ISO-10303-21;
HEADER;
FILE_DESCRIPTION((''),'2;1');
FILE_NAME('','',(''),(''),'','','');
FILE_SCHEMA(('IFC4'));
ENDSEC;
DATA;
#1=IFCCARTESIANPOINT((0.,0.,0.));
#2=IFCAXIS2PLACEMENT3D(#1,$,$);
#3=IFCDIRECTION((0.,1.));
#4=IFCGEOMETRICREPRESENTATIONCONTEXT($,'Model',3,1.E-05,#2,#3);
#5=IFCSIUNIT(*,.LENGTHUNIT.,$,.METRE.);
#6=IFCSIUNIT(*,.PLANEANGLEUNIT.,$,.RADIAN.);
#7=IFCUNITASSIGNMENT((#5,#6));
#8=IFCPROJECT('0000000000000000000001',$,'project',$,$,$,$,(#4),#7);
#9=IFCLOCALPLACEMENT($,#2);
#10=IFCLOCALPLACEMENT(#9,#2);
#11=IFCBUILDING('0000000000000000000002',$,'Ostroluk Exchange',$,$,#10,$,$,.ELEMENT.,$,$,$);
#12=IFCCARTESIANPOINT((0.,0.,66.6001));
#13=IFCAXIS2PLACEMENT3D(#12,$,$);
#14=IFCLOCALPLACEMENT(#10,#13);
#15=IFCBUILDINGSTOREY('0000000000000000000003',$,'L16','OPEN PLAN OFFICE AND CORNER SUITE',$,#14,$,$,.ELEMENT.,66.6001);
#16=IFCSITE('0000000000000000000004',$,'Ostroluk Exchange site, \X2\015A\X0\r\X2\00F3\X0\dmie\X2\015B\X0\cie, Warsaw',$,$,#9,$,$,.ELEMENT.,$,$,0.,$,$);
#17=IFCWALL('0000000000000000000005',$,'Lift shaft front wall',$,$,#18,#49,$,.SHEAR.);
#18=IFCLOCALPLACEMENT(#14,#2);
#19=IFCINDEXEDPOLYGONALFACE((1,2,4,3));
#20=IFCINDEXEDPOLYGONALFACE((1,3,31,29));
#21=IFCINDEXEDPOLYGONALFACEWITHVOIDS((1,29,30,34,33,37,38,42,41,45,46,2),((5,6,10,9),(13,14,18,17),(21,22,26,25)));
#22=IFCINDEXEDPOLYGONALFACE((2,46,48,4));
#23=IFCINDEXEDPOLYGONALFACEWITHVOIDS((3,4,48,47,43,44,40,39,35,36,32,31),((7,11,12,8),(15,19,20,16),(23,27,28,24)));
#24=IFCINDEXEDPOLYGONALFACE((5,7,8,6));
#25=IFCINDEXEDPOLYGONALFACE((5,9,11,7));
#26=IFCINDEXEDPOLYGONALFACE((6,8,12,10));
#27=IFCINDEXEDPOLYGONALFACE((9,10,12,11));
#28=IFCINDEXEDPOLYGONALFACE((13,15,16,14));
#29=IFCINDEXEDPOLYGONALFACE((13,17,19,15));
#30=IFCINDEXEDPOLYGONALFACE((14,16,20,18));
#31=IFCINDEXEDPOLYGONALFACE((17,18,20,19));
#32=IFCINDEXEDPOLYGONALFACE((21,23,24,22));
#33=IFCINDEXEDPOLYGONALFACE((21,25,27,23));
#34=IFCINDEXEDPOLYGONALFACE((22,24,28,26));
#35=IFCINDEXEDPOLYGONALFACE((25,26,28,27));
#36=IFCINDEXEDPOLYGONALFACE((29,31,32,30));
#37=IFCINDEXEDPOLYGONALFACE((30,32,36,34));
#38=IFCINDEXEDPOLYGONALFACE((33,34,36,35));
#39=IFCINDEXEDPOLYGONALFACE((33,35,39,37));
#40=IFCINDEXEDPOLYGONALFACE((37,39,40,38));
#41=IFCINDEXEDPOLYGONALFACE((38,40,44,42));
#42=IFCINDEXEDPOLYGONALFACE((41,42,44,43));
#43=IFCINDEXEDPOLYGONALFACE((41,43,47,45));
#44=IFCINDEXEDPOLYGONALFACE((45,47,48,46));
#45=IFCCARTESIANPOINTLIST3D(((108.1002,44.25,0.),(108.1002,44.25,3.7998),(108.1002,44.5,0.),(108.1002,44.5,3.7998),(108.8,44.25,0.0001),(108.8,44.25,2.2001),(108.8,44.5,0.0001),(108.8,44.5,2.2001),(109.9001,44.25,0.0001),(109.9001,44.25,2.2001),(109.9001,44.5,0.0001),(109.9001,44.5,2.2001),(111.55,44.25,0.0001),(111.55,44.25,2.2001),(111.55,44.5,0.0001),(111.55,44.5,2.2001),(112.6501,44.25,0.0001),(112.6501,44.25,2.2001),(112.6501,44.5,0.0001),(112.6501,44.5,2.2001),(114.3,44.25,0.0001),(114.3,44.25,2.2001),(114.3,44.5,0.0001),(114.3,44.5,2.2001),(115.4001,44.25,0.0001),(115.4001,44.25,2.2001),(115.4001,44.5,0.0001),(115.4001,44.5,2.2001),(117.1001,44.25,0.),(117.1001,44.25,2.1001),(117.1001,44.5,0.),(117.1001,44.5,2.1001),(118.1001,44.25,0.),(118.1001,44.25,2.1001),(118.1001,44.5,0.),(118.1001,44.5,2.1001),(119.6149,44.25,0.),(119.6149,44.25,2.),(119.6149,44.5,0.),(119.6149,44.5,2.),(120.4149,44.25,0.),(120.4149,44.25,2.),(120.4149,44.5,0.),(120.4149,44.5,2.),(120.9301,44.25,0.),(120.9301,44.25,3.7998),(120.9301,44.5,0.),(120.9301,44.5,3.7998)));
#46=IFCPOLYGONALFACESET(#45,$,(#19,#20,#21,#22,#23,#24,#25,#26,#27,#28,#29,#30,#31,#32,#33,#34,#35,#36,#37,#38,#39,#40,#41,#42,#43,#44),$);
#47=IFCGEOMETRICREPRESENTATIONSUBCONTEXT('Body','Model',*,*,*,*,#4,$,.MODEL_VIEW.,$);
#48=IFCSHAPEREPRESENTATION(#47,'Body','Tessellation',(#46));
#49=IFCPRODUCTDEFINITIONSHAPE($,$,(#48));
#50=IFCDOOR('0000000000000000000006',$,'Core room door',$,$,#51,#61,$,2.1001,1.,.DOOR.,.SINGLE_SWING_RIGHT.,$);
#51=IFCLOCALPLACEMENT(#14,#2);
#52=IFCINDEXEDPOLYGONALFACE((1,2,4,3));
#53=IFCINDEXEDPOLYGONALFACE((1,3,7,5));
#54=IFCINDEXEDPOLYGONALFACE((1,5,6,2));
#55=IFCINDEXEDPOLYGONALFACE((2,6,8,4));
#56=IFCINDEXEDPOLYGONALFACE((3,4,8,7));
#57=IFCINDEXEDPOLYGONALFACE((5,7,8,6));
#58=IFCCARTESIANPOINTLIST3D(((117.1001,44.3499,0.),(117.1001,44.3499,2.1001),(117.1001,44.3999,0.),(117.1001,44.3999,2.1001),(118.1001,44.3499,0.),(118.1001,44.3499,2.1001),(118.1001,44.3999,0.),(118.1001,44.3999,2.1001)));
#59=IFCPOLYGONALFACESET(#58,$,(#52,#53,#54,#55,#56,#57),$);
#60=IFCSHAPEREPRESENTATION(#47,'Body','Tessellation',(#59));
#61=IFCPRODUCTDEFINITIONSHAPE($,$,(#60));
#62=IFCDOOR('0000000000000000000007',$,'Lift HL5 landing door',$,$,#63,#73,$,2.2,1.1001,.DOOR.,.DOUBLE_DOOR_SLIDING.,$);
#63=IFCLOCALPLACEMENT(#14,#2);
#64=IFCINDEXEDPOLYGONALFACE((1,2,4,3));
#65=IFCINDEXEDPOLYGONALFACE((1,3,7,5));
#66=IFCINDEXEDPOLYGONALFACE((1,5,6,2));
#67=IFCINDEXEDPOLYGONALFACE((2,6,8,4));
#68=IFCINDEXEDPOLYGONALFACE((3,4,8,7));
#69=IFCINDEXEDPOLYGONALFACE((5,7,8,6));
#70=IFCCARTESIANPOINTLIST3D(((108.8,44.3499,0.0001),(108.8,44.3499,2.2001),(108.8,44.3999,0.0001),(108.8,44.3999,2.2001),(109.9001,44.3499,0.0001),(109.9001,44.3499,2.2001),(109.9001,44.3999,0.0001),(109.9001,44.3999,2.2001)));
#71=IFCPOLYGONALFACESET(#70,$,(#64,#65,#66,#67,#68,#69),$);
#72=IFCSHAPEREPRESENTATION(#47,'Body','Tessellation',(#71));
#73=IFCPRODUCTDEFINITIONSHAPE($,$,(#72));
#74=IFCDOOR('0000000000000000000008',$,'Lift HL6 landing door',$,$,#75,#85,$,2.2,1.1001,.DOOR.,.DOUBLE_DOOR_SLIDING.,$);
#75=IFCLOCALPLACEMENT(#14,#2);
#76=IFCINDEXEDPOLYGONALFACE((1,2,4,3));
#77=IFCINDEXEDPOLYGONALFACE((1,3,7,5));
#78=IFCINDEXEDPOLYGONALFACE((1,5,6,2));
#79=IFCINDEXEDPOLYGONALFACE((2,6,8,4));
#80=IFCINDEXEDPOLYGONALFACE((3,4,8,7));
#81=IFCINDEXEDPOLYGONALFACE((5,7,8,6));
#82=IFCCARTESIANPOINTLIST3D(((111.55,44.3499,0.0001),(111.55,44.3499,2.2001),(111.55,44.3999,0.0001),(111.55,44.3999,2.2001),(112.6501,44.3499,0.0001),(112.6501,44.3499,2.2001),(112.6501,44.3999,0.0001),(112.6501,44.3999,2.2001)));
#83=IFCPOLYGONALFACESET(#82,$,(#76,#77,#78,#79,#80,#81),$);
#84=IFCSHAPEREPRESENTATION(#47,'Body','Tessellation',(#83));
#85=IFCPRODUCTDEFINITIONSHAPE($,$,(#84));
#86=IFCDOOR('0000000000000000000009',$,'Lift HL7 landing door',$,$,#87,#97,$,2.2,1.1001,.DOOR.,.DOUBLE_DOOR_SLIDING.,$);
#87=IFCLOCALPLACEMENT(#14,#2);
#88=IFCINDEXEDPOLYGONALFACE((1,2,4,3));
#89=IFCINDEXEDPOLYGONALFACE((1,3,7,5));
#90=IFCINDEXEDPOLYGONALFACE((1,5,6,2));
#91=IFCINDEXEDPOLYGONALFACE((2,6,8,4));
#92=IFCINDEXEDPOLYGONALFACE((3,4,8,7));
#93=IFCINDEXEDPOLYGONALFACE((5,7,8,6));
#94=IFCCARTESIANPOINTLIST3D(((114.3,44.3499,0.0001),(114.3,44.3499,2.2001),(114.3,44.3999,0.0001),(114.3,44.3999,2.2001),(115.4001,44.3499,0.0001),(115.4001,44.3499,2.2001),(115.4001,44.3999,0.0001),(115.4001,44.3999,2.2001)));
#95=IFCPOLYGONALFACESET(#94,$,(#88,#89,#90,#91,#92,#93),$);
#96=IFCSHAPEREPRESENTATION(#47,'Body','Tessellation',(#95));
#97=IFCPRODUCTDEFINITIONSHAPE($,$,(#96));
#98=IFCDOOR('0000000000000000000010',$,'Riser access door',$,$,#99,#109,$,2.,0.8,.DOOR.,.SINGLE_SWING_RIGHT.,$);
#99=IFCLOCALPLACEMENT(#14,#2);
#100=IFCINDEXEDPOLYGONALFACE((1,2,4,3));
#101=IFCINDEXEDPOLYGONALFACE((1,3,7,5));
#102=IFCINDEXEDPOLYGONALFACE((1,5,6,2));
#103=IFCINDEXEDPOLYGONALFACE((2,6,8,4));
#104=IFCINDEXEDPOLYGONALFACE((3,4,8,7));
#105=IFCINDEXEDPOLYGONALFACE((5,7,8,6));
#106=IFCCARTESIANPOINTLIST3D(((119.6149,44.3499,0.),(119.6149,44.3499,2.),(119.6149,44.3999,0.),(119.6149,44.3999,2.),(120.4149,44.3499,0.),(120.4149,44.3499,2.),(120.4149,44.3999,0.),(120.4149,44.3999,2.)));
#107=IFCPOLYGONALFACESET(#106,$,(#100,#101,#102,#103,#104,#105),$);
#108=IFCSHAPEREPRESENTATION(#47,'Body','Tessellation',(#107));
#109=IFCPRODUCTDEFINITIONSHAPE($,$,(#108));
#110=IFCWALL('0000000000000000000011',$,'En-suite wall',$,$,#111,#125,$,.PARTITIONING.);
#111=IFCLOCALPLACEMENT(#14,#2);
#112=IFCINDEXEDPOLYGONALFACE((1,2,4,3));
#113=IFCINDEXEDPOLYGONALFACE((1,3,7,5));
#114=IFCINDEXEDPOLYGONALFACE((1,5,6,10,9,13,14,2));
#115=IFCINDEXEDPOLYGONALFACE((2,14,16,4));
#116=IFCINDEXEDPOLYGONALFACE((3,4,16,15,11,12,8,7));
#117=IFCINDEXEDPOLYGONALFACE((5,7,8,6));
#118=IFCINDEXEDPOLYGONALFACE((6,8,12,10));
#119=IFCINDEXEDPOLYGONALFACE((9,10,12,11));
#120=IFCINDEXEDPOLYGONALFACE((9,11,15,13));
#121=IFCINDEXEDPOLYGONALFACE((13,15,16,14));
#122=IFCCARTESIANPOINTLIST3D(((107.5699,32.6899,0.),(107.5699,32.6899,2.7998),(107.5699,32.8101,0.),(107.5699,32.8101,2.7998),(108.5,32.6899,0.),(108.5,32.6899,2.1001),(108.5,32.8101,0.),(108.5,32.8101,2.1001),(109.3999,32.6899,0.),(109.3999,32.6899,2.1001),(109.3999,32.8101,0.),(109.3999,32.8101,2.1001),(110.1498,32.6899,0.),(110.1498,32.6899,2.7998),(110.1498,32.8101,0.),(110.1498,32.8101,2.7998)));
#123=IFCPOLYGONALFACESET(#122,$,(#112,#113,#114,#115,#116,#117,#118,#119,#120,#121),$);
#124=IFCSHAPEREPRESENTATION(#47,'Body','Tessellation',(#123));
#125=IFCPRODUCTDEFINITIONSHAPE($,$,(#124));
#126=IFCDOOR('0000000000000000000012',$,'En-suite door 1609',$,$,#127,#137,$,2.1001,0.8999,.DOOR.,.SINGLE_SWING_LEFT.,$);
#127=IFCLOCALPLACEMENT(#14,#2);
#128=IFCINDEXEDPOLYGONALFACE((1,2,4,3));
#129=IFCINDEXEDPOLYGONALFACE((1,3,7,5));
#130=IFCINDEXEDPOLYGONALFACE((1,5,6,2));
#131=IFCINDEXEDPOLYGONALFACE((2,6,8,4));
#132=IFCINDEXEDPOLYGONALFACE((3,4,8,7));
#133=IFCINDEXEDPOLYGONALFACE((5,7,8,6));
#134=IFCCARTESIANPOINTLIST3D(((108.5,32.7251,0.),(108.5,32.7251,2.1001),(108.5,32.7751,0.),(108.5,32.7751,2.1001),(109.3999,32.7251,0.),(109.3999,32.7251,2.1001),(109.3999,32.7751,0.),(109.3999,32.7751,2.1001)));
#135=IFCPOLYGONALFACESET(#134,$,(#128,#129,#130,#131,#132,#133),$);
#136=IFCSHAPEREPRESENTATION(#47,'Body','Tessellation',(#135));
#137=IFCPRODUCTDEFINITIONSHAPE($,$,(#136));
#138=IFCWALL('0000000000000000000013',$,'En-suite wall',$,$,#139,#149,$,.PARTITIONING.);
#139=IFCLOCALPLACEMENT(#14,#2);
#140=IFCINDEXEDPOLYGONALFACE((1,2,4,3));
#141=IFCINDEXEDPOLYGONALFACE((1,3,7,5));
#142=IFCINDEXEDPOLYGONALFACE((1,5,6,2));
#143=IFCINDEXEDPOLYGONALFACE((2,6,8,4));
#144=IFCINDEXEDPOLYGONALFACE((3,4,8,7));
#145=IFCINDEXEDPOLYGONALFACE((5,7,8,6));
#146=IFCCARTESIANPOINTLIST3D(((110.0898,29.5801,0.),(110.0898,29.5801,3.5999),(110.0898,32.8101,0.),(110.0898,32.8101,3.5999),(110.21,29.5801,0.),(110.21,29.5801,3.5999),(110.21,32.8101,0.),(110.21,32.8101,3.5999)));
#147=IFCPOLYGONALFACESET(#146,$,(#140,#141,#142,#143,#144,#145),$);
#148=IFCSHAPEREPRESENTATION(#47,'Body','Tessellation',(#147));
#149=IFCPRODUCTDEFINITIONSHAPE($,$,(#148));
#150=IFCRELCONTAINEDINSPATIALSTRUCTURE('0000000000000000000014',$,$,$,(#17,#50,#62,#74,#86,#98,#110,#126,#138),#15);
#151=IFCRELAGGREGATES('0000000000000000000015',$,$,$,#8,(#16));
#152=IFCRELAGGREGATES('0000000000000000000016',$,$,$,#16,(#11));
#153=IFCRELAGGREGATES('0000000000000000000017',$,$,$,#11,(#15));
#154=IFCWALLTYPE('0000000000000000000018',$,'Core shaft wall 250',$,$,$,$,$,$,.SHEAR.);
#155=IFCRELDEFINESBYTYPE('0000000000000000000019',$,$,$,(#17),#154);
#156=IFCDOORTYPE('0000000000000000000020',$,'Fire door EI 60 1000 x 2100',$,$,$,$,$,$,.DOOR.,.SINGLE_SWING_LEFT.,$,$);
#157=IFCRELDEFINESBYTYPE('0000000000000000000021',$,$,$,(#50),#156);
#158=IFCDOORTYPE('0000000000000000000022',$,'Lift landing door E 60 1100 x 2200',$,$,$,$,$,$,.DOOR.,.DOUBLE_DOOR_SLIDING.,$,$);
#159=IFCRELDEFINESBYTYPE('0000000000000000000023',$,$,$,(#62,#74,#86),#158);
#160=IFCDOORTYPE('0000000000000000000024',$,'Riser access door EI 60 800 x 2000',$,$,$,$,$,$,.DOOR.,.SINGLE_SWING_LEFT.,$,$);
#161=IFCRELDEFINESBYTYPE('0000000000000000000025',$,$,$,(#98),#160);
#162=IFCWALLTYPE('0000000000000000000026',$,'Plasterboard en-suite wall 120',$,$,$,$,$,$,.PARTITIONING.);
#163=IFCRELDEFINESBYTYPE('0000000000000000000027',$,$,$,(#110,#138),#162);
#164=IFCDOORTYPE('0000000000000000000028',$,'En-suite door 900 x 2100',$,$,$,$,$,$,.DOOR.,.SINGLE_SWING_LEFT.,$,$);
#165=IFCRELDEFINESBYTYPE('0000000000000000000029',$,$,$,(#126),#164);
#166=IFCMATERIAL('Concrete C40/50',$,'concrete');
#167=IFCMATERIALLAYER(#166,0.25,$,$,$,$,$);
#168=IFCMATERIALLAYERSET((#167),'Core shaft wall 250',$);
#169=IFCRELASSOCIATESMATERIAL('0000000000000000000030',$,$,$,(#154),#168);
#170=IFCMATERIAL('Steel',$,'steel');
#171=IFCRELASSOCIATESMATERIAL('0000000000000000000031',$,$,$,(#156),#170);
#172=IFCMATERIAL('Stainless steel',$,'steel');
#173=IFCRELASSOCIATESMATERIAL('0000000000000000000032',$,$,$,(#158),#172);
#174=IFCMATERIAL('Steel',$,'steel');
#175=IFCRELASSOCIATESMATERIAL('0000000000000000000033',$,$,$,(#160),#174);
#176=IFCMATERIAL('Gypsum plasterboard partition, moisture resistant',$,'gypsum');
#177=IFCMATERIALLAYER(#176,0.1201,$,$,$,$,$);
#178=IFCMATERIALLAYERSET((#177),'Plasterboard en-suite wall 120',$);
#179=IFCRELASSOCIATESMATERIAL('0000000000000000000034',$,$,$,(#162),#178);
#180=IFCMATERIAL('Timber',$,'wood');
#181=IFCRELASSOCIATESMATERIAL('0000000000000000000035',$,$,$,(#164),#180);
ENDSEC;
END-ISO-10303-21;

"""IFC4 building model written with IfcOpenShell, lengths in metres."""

from ifc_helpers import new_model, si_unit, direction, frame, frame_2d, origin, place, context, subcontext, project, spatial, rectangle, extrude, material, layer, layer_set, type_object, element, fill, save


model = new_model("IFC4")

# Units and contexts
model_context = context("Model", 3, precision=1e-05, world=origin(), true_north=direction((0.0, 1.0)))
body_context = subcontext(model_context, "Body", "Model", "MODEL_VIEW")
ifc_project = project(units=[si_unit("LENGTHUNIT", "METRE"), si_unit("PLANEANGLEUNIT", "RADIAN")], contexts=[model_context])

# Site, building, storey
site_placement = place(None, origin())
site = spatial("IfcSite", under=ifc_project, at=site_placement, Name="Ostroluk Exchange site, Śródmieście, Warsaw", CompositionType="ELEMENT", RefElevation=0.0)
building_placement = place(site_placement, origin())
building = spatial("IfcBuilding", under=site, at=building_placement, Name="Ostroluk Exchange", CompositionType="ELEMENT")
storey_placement = place(building_placement, frame((0.0, 0.0, 66.6001)))
storey = spatial("IfcBuildingStorey", under=building, at=storey_placement, Name="L16", Description="OPEN PLAN OFFICE AND CORNER SUITE", CompositionType="ELEMENT", Elevation=66.6001)

# Shared definitions
ifc_material_1 = material(Name="Concrete C40/50", Category="concrete")
ifc_layer_1 = layer(ifc_material_1, 0.25)
ifc_layer_set_1 = layer_set([ifc_layer_1], Name="Core shaft wall 250")
wall_type_1 = type_object("IfcWallType", Name="Core shaft wall 250", PredefinedType="SHEAR", material=ifc_layer_set_1)

# Wall, openings, doors
wall_1_placement = place(storey_placement, frame((108.1001, 44.375, 0.0), z_axis=(0.0, 0.0, 1.0), x_axis=(1.0, 0.0, 0.0)))
wall_1 = element("IfcWall", 1, at=wall_1_placement, inside=storey, type_object=wall_type_1, Name="Lift shaft front wall", PredefinedType="SHEAR", context=body_context, shape_type="SweptSolid", body=[
    extrude(rectangle(XDim=12.8298, YDim=0.25, at=frame_2d((6.415, 0.0))), origin(), (0.0, 0.0, 1.0), 3.7998),
])
opening_1_placement = place(wall_1_placement, frame((0.7, 0.0, 0.0)))
opening_1 = element("IfcOpeningElement", 2, at=opening_1_placement, cuts=wall_1, PredefinedType="OPENING", context=body_context, shape_type="SweptSolid", body=[
    extrude(rectangle(XDim=1.1001, YDim=2.2, at=frame_2d((0.55, 1.1001))), frame((0.0, 0.135, 0.0), z_axis=(0.0, -1.0, 0.0), x_axis=(1.0, 0.0, 0.0)), (0.0, 0.0, 1.0), 0.27),
])
opening_2_placement = place(wall_1_placement, frame((3.45, 0.0, 0.0)))
opening_2 = element("IfcOpeningElement", 3, at=opening_2_placement, cuts=wall_1, PredefinedType="OPENING", context=body_context, shape_type="SweptSolid", body=[
    extrude(rectangle(XDim=1.1001, YDim=2.2, at=frame_2d((0.55, 1.1001))), frame((0.0, 0.135, 0.0), z_axis=(0.0, -1.0, 0.0), x_axis=(1.0, 0.0, 0.0)), (0.0, 0.0, 1.0), 0.27),
])
opening_3_placement = place(wall_1_placement, frame((6.2, 0.0, 0.0)))
opening_3 = element("IfcOpeningElement", 4, at=opening_3_placement, cuts=wall_1, PredefinedType="OPENING", context=body_context, shape_type="SweptSolid", body=[
    extrude(rectangle(XDim=1.1001, YDim=2.2, at=frame_2d((0.55, 1.1001))), frame((0.0, 0.135, 0.0), z_axis=(0.0, -1.0, 0.0), x_axis=(1.0, 0.0, 0.0)), (0.0, 0.0, 1.0), 0.27),
])
opening_4_placement = place(wall_1_placement, frame((9.0, 0.0, 0.0)))
opening_4 = element("IfcOpeningElement", 5, at=opening_4_placement, cuts=wall_1, PredefinedType="OPENING", context=body_context, shape_type="SweptSolid", body=[
    extrude(rectangle(XDim=1.0, YDim=2.1001, at=frame_2d((0.5, 1.05))), frame((0.0, 0.135, 0.0), z_axis=(0.0, -1.0, 0.0), x_axis=(1.0, 0.0, 0.0)), (0.0, 0.0, 1.0), 0.27),
])
opening_5_placement = place(wall_1_placement, frame((11.5149, 0.0, 0.0)))
opening_5 = element("IfcOpeningElement", 6, at=opening_5_placement, cuts=wall_1, PredefinedType="OPENING", context=body_context, shape_type="SweptSolid", body=[
    extrude(rectangle(XDim=0.8, YDim=2.0, at=frame_2d((0.3999, 1.0))), frame((0.0, 0.135, 0.0), z_axis=(0.0, -1.0, 0.0), x_axis=(1.0, 0.0, 0.0)), (0.0, 0.0, 1.0), 0.27),
])
ifc_material_2 = material(Name="Steel", Category="steel")
door_type_1 = type_object("IfcDoorType", Name="Fire door EI 60 1000 x 2100", OperationType="SINGLE_SWING_LEFT", PredefinedType="DOOR", material=ifc_material_2)
door_1_placement = place(opening_4_placement, origin())
door_1 = element("IfcDoor", 7, at=door_1_placement, inside=storey, type_object=door_type_1, Name="Core room door", OperationType="SINGLE_SWING_RIGHT", OverallHeight=2.1001, OverallWidth=1.0, PredefinedType="DOOR", context=body_context, shape_type="SweptSolid", body=[
    extrude(rectangle(XDim=1.0, YDim=2.1001, at=frame_2d((0.5, 1.05))), frame((0.0, 0.0249, 0.0), z_axis=(0.0, -1.0, 0.0), x_axis=(1.0, 0.0, 0.0)), (0.0, 0.0, 1.0), 0.05),
])
fill(opening_4, door_1)
ifc_material_3 = material(Name="Stainless steel", Category="steel")
door_type_2 = type_object("IfcDoorType", Name="Lift landing door E 60 1100 x 2200", OperationType="DOUBLE_DOOR_SLIDING", PredefinedType="DOOR", material=ifc_material_3)
door_2_placement = place(opening_1_placement, origin())
door_2 = element("IfcDoor", 8, at=door_2_placement, inside=storey, type_object=door_type_2, Name="Lift HL5 landing door", OperationType="DOUBLE_DOOR_SLIDING", OverallHeight=2.2, OverallWidth=1.1001, PredefinedType="DOOR", context=body_context, shape_type="SweptSolid", body=[
    extrude(rectangle(XDim=1.1001, YDim=2.2, at=frame_2d((0.55, 1.1001))), frame((0.0, 0.0249, 0.0), z_axis=(0.0, -1.0, 0.0), x_axis=(1.0, 0.0, 0.0)), (0.0, 0.0, 1.0), 0.05),
])
fill(opening_1, door_2)
door_3_placement = place(opening_2_placement, origin())
door_3 = element("IfcDoor", 9, at=door_3_placement, inside=storey, type_object=door_type_2, Name="Lift HL6 landing door", OperationType="DOUBLE_DOOR_SLIDING", OverallHeight=2.2, OverallWidth=1.1001, PredefinedType="DOOR", context=body_context, shape_type="SweptSolid", body=[
    extrude(rectangle(XDim=1.1001, YDim=2.2, at=frame_2d((0.55, 1.1001))), frame((0.0, 0.0249, 0.0), z_axis=(0.0, -1.0, 0.0), x_axis=(1.0, 0.0, 0.0)), (0.0, 0.0, 1.0), 0.05),
])
fill(opening_2, door_3)
door_4_placement = place(opening_3_placement, origin())
door_4 = element("IfcDoor", 10, at=door_4_placement, inside=storey, type_object=door_type_2, Name="Lift HL7 landing door", OperationType="DOUBLE_DOOR_SLIDING", OverallHeight=2.2, OverallWidth=1.1001, PredefinedType="DOOR", context=body_context, shape_type="SweptSolid", body=[
    extrude(rectangle(XDim=1.1001, YDim=2.2, at=frame_2d((0.55, 1.1001))), frame((0.0, 0.0249, 0.0), z_axis=(0.0, -1.0, 0.0), x_axis=(1.0, 0.0, 0.0)), (0.0, 0.0, 1.0), 0.05),
])
fill(opening_3, door_4)
ifc_material_4 = material(Name="Steel", Category="steel")
door_type_3 = type_object("IfcDoorType", Name="Riser access door EI 60 800 x 2000", OperationType="SINGLE_SWING_LEFT", PredefinedType="DOOR", material=ifc_material_4)
door_5_placement = place(opening_5_placement, origin())
door_5 = element("IfcDoor", 11, at=door_5_placement, inside=storey, type_object=door_type_3, Name="Riser access door", OperationType="SINGLE_SWING_RIGHT", OverallHeight=2.0, OverallWidth=0.8, PredefinedType="DOOR", context=body_context, shape_type="SweptSolid", body=[
    extrude(rectangle(XDim=0.8, YDim=2.0, at=frame_2d((0.3999, 1.0))), frame((0.0, 0.0249, 0.0), z_axis=(0.0, -1.0, 0.0), x_axis=(1.0, 0.0, 0.0)), (0.0, 0.0, 1.0), 0.05),
])
fill(opening_5, door_5)

# Wall, opening, door
ifc_material_5 = material(Name="Gypsum plasterboard partition, moisture resistant", Category="gypsum")
ifc_layer_2 = layer(ifc_material_5, 0.1201)
ifc_layer_set_2 = layer_set([ifc_layer_2], Name="Plasterboard en-suite wall 120")
wall_type_2 = type_object("IfcWallType", Name="Plasterboard en-suite wall 120", PredefinedType="PARTITIONING", material=ifc_layer_set_2)
wall_2_placement = place(storey_placement, frame((110.1499, 32.75, 0.0), z_axis=(0.0, 0.0, 1.0), x_axis=(-1.0, 0.0, 0.0)))
wall_2 = element("IfcWall", 12, at=wall_2_placement, inside=storey, type_object=wall_type_2, Name="En-suite wall", PredefinedType="PARTITIONING", context=body_context, shape_type="SweptSolid", body=[
    extrude(rectangle(XDim=2.5798, YDim=0.1201, at=frame_2d((1.29, 0.0))), origin(), (0.0, 0.0, 1.0), 2.7998),
])
opening_6_placement = place(wall_2_placement, frame((0.75, 0.0, 0.0)))
opening_6 = element("IfcOpeningElement", 13, at=opening_6_placement, cuts=wall_2, PredefinedType="OPENING", context=body_context, shape_type="SweptSolid", body=[
    extrude(rectangle(XDim=0.8999, YDim=2.1001, at=frame_2d((0.45, 1.05))), frame((0.0, 0.0701, 0.0), z_axis=(0.0, -1.0, 0.0), x_axis=(1.0, 0.0, 0.0)), (0.0, 0.0, 1.0), 0.1401),
])
ifc_material_6 = material(Name="Timber", Category="wood")
door_type_4 = type_object("IfcDoorType", Name="En-suite door 900 x 2100", OperationType="SINGLE_SWING_LEFT", PredefinedType="DOOR", material=ifc_material_6)
door_6_placement = place(opening_6_placement, origin())
door_6 = element("IfcDoor", 14, at=door_6_placement, inside=storey, type_object=door_type_4, Name="En-suite door 1609", OperationType="SINGLE_SWING_LEFT", OverallHeight=2.1001, OverallWidth=0.8999, PredefinedType="DOOR", context=body_context, shape_type="SweptSolid", body=[
    extrude(rectangle(XDim=0.8999, YDim=2.1001, at=frame_2d((0.45, 1.05))), frame((0.0, 0.0249, 0.0), z_axis=(0.0, -1.0, 0.0), x_axis=(1.0, 0.0, 0.0)), (0.0, 0.0, 1.0), 0.05),
])
fill(opening_6, door_6)

# Wall
wall_3_placement = place(storey_placement, frame((110.1499, 32.8101, 0.0), z_axis=(0.0, 0.0, 1.0), x_axis=(0.0, -1.0, 0.0)))
element("IfcWall", 15, at=wall_3_placement, inside=storey, type_object=wall_type_2, Name="En-suite wall", PredefinedType="PARTITIONING", context=body_context, shape_type="SweptSolid", body=[
    extrude(rectangle(XDim=3.23, YDim=0.1201, at=frame_2d((1.615, 0.0))), origin(), (0.0, 0.0, 1.0), 3.5999),
])

save(model, "model.ifc")
